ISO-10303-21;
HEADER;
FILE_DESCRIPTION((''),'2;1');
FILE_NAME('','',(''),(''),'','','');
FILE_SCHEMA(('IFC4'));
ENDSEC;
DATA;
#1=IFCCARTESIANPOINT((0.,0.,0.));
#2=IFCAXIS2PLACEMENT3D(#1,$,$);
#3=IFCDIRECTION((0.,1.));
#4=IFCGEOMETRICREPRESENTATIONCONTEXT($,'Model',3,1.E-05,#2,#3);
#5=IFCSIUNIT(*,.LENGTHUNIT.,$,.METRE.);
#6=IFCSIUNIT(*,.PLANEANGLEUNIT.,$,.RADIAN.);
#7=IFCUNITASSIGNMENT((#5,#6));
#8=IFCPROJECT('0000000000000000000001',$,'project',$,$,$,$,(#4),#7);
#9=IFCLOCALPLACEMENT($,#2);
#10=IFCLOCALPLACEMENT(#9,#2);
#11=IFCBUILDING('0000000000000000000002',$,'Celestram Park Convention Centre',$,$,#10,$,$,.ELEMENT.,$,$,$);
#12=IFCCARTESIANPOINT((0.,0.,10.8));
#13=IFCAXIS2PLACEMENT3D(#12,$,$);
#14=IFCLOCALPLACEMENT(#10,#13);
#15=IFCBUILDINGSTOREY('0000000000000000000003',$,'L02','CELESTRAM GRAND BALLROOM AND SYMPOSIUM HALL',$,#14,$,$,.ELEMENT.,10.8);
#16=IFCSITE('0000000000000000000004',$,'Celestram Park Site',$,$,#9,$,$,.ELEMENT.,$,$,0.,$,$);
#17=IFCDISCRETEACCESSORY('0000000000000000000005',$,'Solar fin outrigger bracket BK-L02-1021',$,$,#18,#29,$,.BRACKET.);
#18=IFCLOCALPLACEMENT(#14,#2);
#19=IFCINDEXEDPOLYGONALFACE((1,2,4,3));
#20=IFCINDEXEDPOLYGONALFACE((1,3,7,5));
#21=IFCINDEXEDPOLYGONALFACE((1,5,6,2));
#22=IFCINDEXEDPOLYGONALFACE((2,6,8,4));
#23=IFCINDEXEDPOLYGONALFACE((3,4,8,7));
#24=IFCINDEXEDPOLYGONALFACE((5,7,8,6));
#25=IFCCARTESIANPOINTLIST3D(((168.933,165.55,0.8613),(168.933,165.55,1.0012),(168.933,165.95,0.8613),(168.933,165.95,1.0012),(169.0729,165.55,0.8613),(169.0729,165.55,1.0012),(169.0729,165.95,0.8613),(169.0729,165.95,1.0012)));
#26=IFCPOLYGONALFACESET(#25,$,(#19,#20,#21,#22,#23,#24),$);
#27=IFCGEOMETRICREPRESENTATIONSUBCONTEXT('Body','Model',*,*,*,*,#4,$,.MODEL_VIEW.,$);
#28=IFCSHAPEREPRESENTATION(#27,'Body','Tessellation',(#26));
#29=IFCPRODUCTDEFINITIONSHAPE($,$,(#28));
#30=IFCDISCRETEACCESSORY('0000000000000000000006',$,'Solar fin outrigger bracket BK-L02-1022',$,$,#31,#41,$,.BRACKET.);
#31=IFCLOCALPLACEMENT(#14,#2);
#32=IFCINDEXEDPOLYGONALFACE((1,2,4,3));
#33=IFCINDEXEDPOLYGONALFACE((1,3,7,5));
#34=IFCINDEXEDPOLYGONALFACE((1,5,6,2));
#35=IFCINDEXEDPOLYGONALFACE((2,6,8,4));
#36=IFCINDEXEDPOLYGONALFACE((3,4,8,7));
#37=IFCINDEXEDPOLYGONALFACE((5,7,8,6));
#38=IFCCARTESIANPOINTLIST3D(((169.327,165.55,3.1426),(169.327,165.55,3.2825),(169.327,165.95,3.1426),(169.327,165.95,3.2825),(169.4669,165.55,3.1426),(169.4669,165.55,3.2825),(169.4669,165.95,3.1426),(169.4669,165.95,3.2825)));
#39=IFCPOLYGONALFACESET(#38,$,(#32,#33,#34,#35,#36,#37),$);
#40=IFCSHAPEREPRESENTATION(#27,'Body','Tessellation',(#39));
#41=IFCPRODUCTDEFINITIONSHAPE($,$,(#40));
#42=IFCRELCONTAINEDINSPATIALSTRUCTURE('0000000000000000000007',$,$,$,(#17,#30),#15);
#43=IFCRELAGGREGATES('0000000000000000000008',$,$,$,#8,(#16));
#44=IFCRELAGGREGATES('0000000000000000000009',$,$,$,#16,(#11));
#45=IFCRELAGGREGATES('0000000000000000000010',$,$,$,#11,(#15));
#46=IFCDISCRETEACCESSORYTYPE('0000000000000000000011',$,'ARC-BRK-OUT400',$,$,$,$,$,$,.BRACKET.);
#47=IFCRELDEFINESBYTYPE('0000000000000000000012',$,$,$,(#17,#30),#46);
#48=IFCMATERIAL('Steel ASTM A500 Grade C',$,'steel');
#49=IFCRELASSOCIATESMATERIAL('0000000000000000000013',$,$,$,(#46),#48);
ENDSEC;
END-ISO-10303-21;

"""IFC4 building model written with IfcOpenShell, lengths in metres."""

from ifc_helpers import new_model, si_unit, direction, frame, origin, origin_2d, place, context, subcontext, project, spatial, rectangle, extrude, material, type_object, element, save


model = new_model("IFC4")

# Units and contexts
model_context = context("Model", 3, precision=1e-05, world=origin(), true_north=direction((0.0, 1.0)))
body_context = subcontext(model_context, "Body", "Model", "MODEL_VIEW")
ifc_project = project(units=[si_unit("LENGTHUNIT", "METRE"), si_unit("PLANEANGLEUNIT", "RADIAN")], contexts=[model_context])

# Site, building, storey
site_placement = place(None, origin())
site = spatial("IfcSite", under=ifc_project, at=site_placement, Name="Celestram Park Site", CompositionType="ELEMENT", RefElevation=0.0)
building_placement = place(site_placement, origin())
building = spatial("IfcBuilding", under=site, at=building_placement, Name="Celestram Park Convention Centre", CompositionType="ELEMENT")
storey_placement = place(building_placement, frame((0.0, 0.0, 10.8)))
storey = spatial("IfcBuildingStorey", under=building, at=storey_placement, Name="L02", Description="CELESTRAM GRAND BALLROOM AND SYMPOSIUM HALL", CompositionType="ELEMENT", Elevation=10.8)

# Shared definitions
ifc_material_1 = material(Name="Steel ASTM A500 Grade C", Category="steel")

# Discrete accessories
discrete_accessory_type = type_object("IfcDiscreteAccessoryType", Name="ARC-BRK-OUT400", PredefinedType="BRACKET", material=ifc_material_1)
for number, where, z_axis, x_axis, name in (
    (1, (169.0029, 165.75, 0.8613), (0.0, 0.0, 1.0), (0.0, 1.0, 0.0), "Solar fin outrigger bracket BK-L02-1021"),
    (2, (169.397, 165.75, 3.1426), (0.0, 0.0, 1.0), (0.0, 1.0, 0.0), "Solar fin outrigger bracket BK-L02-1022"),
):
    element("IfcDiscreteAccessory", number, at=place(storey_placement, frame(where, z_axis=z_axis, x_axis=x_axis)), inside=storey, type_object=discrete_accessory_type, Name=name, PredefinedType="BRACKET", context=body_context, shape_type="SweptSolid", body=[
        extrude(rectangle(XDim=0.3999, YDim=0.1399, at=origin_2d()), origin(), (0.0, 0.0, 1.0), 0.1399),
    ])

save(model, "model.ifc")
